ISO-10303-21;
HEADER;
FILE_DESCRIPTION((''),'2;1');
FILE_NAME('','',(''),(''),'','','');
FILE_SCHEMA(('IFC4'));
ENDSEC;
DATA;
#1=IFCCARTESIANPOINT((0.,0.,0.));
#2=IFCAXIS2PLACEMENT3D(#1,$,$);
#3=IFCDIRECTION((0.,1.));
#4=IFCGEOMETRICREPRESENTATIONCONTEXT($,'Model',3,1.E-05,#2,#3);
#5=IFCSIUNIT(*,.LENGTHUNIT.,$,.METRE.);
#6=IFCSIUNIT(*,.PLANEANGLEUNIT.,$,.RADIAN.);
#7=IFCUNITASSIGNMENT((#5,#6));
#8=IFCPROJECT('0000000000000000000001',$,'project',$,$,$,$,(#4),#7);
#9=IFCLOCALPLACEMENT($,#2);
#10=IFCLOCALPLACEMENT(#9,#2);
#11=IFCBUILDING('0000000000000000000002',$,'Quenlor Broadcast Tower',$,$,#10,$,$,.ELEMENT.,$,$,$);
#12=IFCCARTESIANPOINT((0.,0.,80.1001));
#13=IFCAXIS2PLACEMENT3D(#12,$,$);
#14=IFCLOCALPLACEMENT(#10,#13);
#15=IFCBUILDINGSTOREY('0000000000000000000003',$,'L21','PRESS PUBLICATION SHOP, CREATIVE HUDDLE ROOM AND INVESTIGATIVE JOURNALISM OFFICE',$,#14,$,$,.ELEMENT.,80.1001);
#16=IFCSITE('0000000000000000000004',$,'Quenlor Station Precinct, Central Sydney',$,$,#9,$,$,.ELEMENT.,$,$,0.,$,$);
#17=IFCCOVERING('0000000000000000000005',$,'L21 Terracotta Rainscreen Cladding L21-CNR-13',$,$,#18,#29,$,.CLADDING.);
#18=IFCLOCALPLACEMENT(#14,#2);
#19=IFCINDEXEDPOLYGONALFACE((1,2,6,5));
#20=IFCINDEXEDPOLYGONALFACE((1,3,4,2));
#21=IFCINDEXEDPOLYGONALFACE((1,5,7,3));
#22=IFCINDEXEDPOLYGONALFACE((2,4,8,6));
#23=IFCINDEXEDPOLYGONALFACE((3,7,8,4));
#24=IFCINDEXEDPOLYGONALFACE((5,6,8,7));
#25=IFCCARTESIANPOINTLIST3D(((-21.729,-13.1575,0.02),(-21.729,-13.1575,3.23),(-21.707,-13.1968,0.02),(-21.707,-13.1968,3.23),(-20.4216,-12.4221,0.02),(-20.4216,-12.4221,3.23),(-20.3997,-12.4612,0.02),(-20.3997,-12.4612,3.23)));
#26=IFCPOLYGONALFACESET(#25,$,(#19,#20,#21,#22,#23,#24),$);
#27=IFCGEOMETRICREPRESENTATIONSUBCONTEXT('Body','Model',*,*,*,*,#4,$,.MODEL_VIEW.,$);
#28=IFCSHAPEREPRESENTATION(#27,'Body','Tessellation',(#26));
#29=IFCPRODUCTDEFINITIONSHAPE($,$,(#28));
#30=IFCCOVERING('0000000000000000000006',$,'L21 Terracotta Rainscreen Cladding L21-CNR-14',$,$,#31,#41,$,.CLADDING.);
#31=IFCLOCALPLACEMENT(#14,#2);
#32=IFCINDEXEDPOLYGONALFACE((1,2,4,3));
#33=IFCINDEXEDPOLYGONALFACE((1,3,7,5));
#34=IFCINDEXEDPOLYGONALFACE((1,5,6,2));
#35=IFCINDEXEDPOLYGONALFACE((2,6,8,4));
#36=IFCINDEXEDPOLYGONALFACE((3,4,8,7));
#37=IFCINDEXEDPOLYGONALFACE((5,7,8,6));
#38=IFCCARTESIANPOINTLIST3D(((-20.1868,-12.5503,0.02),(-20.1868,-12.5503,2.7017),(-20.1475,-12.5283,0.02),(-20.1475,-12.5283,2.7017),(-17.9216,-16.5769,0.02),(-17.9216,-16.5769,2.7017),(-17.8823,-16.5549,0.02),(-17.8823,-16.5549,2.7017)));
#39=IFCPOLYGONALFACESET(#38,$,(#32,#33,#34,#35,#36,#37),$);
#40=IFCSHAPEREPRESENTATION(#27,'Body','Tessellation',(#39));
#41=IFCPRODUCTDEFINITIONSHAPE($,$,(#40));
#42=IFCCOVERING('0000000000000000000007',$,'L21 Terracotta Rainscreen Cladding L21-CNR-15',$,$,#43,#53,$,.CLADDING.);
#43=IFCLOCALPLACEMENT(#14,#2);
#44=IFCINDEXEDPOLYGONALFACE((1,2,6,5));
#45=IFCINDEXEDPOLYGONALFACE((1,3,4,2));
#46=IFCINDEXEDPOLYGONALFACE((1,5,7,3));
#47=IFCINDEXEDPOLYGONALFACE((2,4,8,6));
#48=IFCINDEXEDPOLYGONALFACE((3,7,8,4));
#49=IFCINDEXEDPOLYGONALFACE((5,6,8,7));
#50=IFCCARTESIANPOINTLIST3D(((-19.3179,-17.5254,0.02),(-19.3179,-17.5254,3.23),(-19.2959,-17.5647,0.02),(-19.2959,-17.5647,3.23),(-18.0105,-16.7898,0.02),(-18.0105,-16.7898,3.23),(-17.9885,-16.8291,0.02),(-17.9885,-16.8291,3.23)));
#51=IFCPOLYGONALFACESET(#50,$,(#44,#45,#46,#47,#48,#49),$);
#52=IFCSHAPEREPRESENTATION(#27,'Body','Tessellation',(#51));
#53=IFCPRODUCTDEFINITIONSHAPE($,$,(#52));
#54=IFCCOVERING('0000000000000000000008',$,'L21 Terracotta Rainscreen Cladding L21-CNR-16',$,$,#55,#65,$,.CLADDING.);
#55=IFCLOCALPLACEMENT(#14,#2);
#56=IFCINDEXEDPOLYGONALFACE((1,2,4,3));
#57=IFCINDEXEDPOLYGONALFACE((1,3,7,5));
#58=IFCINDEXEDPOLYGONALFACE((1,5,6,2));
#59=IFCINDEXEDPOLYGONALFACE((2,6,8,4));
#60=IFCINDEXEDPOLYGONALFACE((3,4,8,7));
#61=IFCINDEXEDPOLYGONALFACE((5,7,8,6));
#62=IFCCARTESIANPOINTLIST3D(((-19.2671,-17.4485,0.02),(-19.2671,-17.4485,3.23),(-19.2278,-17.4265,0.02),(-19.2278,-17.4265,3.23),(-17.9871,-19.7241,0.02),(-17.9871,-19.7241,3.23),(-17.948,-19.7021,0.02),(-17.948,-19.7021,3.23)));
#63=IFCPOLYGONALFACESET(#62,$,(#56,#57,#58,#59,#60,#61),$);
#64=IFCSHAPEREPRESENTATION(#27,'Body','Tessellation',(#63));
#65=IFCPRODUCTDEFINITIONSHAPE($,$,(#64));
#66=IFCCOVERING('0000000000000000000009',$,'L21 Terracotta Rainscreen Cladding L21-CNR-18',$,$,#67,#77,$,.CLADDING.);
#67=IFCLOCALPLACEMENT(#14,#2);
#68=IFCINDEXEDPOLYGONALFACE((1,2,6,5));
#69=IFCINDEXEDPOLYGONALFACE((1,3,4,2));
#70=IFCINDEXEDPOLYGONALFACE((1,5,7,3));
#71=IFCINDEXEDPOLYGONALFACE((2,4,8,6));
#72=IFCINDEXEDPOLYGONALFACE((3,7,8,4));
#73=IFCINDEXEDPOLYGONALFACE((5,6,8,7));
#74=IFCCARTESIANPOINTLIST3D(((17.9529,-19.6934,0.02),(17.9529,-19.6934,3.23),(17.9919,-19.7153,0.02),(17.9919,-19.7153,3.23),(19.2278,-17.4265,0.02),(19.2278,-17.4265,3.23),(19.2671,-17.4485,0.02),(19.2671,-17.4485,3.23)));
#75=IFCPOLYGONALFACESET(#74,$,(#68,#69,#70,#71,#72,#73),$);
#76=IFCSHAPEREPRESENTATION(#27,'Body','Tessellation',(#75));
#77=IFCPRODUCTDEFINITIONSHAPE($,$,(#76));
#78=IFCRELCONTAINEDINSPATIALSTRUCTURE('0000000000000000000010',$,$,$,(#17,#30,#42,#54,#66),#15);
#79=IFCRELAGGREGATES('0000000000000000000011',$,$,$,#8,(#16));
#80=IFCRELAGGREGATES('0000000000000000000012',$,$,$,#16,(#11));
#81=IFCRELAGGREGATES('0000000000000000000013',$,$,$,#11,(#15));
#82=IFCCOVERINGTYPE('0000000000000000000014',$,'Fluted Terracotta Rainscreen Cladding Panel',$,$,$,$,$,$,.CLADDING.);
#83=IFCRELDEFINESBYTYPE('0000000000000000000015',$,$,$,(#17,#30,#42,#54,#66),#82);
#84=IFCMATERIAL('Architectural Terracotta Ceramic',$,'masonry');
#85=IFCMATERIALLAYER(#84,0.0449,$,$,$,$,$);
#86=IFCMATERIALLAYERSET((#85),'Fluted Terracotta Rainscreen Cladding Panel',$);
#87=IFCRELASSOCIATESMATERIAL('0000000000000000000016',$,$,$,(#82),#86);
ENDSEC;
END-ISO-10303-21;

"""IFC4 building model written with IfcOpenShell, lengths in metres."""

from ifc_helpers import new_model, si_unit, direction, frame, origin, place, context, subcontext, project, spatial, polyline, outline, extrude, material, layer, layer_set, type_object, element, save


model = new_model("IFC4")

# Units and contexts
model_context = context("Model", 3, precision=1e-05, world=origin(), true_north=direction((0.0, 1.0)))
body_context = subcontext(model_context, "Body", "Model", "MODEL_VIEW")
ifc_project = project(units=[si_unit("LENGTHUNIT", "METRE"), si_unit("PLANEANGLEUNIT", "RADIAN")], contexts=[model_context])

# Site, building, storey
site_placement = place(None, origin())
site = spatial("IfcSite", under=ifc_project, at=site_placement, Name="Quenlor Station Precinct, Central Sydney", CompositionType="ELEMENT", RefElevation=0.0)
building_placement = place(site_placement, origin())
building = spatial("IfcBuilding", under=site, at=building_placement, Name="Quenlor Broadcast Tower", CompositionType="ELEMENT")
storey_placement = place(building_placement, frame((0.0, 0.0, 80.1001)))
storey = spatial("IfcBuildingStorey", under=building, at=storey_placement, Name="L21", Description="PRESS PUBLICATION SHOP, CREATIVE HUDDLE ROOM AND INVESTIGATIVE JOURNALISM OFFICE", CompositionType="ELEMENT", Elevation=80.1001)

# Coverings
ifc_material_1 = material(Name="Architectural Terracotta Ceramic", Category="masonry")
ifc_layer_1 = layer(ifc_material_1, 0.0449)
ifc_layer_set_1 = layer_set([ifc_layer_1], Name="Fluted Terracotta Rainscreen Cladding Panel")
covering_type_1 = type_object("IfcCoveringType", Name="Fluted Terracotta Rainscreen Cladding Panel", PredefinedType="CLADDING", material=ifc_layer_set_1)
covering_1_placement = place(storey_placement, frame((0.0, 0.0, 0.02)))
element("IfcCovering", 1, at=covering_1_placement, inside=storey, type_object=covering_type_1, Name="L21 Terracotta Rainscreen Cladding L21-CNR-13", PredefinedType="CLADDING", context=body_context, shape_type="SweptSolid", body=[
    extrude(outline(polyline([(-21.707, -13.1968), (-20.3997, -12.4612), (-20.4216, -12.4221), (-21.729, -13.1575), (-21.707, -13.1968)])), origin(), (0.0, 0.0, 1.0), 3.21),
])
covering_2_placement = place(storey_placement, frame((0.0, 0.0, 0.02)))
element("IfcCovering", 2, at=covering_2_placement, inside=storey, type_object=covering_type_1, Name="L21 Terracotta Rainscreen Cladding L21-CNR-14", PredefinedType="CLADDING", context=body_context, shape_type="SweptSolid", body=[
    extrude(outline(polyline([(-20.1868, -12.5503), (-17.9216, -16.5769), (-17.8823, -16.5549), (-20.1475, -12.5283), (-20.1868, -12.5503)])), origin(), (0.0, 0.0, 1.0), 2.6816),
])
covering_3_placement = place(storey_placement, frame((0.0, 0.0, 0.02)))
element("IfcCovering", 3, at=covering_3_placement, inside=storey, type_object=covering_type_1, Name="L21 Terracotta Rainscreen Cladding L21-CNR-15", PredefinedType="CLADDING", context=body_context, shape_type="SweptSolid", body=[
    extrude(outline(polyline([(-18.0105, -16.7898), (-19.3179, -17.5254), (-19.2959, -17.5647), (-17.9885, -16.8291), (-18.0105, -16.7898)])), origin(), (0.0, 0.0, 1.0), 3.21),
])
covering_4_placement = place(storey_placement, frame((0.0, 0.0, 0.02)))
element("IfcCovering", 4, at=covering_4_placement, inside=storey, type_object=covering_type_1, Name="L21 Terracotta Rainscreen Cladding L21-CNR-16", PredefinedType="CLADDING", context=body_context, shape_type="SweptSolid", body=[
    extrude(outline(polyline([(-19.2671, -17.4485), (-17.9871, -19.7241), (-17.948, -19.7021), (-19.2278, -17.4265), (-19.2671, -17.4485)])), origin(), (0.0, 0.0, 1.0), 3.21),
])
covering_5_placement = place(storey_placement, frame((0.0, 0.0, 0.02)))
element("IfcCovering", 5, at=covering_5_placement, inside=storey, type_object=covering_type_1, Name="L21 Terracotta Rainscreen Cladding L21-CNR-18", PredefinedType="CLADDING", context=body_context, shape_type="SweptSolid", body=[
    extrude(outline(polyline([(17.9919, -19.7153), (19.2671, -17.4485), (19.2278, -17.4265), (17.9529, -19.6934), (17.9919, -19.7153)])), origin(), (0.0, 0.0, 1.0), 3.21),
])

save(model, "model.ifc")
